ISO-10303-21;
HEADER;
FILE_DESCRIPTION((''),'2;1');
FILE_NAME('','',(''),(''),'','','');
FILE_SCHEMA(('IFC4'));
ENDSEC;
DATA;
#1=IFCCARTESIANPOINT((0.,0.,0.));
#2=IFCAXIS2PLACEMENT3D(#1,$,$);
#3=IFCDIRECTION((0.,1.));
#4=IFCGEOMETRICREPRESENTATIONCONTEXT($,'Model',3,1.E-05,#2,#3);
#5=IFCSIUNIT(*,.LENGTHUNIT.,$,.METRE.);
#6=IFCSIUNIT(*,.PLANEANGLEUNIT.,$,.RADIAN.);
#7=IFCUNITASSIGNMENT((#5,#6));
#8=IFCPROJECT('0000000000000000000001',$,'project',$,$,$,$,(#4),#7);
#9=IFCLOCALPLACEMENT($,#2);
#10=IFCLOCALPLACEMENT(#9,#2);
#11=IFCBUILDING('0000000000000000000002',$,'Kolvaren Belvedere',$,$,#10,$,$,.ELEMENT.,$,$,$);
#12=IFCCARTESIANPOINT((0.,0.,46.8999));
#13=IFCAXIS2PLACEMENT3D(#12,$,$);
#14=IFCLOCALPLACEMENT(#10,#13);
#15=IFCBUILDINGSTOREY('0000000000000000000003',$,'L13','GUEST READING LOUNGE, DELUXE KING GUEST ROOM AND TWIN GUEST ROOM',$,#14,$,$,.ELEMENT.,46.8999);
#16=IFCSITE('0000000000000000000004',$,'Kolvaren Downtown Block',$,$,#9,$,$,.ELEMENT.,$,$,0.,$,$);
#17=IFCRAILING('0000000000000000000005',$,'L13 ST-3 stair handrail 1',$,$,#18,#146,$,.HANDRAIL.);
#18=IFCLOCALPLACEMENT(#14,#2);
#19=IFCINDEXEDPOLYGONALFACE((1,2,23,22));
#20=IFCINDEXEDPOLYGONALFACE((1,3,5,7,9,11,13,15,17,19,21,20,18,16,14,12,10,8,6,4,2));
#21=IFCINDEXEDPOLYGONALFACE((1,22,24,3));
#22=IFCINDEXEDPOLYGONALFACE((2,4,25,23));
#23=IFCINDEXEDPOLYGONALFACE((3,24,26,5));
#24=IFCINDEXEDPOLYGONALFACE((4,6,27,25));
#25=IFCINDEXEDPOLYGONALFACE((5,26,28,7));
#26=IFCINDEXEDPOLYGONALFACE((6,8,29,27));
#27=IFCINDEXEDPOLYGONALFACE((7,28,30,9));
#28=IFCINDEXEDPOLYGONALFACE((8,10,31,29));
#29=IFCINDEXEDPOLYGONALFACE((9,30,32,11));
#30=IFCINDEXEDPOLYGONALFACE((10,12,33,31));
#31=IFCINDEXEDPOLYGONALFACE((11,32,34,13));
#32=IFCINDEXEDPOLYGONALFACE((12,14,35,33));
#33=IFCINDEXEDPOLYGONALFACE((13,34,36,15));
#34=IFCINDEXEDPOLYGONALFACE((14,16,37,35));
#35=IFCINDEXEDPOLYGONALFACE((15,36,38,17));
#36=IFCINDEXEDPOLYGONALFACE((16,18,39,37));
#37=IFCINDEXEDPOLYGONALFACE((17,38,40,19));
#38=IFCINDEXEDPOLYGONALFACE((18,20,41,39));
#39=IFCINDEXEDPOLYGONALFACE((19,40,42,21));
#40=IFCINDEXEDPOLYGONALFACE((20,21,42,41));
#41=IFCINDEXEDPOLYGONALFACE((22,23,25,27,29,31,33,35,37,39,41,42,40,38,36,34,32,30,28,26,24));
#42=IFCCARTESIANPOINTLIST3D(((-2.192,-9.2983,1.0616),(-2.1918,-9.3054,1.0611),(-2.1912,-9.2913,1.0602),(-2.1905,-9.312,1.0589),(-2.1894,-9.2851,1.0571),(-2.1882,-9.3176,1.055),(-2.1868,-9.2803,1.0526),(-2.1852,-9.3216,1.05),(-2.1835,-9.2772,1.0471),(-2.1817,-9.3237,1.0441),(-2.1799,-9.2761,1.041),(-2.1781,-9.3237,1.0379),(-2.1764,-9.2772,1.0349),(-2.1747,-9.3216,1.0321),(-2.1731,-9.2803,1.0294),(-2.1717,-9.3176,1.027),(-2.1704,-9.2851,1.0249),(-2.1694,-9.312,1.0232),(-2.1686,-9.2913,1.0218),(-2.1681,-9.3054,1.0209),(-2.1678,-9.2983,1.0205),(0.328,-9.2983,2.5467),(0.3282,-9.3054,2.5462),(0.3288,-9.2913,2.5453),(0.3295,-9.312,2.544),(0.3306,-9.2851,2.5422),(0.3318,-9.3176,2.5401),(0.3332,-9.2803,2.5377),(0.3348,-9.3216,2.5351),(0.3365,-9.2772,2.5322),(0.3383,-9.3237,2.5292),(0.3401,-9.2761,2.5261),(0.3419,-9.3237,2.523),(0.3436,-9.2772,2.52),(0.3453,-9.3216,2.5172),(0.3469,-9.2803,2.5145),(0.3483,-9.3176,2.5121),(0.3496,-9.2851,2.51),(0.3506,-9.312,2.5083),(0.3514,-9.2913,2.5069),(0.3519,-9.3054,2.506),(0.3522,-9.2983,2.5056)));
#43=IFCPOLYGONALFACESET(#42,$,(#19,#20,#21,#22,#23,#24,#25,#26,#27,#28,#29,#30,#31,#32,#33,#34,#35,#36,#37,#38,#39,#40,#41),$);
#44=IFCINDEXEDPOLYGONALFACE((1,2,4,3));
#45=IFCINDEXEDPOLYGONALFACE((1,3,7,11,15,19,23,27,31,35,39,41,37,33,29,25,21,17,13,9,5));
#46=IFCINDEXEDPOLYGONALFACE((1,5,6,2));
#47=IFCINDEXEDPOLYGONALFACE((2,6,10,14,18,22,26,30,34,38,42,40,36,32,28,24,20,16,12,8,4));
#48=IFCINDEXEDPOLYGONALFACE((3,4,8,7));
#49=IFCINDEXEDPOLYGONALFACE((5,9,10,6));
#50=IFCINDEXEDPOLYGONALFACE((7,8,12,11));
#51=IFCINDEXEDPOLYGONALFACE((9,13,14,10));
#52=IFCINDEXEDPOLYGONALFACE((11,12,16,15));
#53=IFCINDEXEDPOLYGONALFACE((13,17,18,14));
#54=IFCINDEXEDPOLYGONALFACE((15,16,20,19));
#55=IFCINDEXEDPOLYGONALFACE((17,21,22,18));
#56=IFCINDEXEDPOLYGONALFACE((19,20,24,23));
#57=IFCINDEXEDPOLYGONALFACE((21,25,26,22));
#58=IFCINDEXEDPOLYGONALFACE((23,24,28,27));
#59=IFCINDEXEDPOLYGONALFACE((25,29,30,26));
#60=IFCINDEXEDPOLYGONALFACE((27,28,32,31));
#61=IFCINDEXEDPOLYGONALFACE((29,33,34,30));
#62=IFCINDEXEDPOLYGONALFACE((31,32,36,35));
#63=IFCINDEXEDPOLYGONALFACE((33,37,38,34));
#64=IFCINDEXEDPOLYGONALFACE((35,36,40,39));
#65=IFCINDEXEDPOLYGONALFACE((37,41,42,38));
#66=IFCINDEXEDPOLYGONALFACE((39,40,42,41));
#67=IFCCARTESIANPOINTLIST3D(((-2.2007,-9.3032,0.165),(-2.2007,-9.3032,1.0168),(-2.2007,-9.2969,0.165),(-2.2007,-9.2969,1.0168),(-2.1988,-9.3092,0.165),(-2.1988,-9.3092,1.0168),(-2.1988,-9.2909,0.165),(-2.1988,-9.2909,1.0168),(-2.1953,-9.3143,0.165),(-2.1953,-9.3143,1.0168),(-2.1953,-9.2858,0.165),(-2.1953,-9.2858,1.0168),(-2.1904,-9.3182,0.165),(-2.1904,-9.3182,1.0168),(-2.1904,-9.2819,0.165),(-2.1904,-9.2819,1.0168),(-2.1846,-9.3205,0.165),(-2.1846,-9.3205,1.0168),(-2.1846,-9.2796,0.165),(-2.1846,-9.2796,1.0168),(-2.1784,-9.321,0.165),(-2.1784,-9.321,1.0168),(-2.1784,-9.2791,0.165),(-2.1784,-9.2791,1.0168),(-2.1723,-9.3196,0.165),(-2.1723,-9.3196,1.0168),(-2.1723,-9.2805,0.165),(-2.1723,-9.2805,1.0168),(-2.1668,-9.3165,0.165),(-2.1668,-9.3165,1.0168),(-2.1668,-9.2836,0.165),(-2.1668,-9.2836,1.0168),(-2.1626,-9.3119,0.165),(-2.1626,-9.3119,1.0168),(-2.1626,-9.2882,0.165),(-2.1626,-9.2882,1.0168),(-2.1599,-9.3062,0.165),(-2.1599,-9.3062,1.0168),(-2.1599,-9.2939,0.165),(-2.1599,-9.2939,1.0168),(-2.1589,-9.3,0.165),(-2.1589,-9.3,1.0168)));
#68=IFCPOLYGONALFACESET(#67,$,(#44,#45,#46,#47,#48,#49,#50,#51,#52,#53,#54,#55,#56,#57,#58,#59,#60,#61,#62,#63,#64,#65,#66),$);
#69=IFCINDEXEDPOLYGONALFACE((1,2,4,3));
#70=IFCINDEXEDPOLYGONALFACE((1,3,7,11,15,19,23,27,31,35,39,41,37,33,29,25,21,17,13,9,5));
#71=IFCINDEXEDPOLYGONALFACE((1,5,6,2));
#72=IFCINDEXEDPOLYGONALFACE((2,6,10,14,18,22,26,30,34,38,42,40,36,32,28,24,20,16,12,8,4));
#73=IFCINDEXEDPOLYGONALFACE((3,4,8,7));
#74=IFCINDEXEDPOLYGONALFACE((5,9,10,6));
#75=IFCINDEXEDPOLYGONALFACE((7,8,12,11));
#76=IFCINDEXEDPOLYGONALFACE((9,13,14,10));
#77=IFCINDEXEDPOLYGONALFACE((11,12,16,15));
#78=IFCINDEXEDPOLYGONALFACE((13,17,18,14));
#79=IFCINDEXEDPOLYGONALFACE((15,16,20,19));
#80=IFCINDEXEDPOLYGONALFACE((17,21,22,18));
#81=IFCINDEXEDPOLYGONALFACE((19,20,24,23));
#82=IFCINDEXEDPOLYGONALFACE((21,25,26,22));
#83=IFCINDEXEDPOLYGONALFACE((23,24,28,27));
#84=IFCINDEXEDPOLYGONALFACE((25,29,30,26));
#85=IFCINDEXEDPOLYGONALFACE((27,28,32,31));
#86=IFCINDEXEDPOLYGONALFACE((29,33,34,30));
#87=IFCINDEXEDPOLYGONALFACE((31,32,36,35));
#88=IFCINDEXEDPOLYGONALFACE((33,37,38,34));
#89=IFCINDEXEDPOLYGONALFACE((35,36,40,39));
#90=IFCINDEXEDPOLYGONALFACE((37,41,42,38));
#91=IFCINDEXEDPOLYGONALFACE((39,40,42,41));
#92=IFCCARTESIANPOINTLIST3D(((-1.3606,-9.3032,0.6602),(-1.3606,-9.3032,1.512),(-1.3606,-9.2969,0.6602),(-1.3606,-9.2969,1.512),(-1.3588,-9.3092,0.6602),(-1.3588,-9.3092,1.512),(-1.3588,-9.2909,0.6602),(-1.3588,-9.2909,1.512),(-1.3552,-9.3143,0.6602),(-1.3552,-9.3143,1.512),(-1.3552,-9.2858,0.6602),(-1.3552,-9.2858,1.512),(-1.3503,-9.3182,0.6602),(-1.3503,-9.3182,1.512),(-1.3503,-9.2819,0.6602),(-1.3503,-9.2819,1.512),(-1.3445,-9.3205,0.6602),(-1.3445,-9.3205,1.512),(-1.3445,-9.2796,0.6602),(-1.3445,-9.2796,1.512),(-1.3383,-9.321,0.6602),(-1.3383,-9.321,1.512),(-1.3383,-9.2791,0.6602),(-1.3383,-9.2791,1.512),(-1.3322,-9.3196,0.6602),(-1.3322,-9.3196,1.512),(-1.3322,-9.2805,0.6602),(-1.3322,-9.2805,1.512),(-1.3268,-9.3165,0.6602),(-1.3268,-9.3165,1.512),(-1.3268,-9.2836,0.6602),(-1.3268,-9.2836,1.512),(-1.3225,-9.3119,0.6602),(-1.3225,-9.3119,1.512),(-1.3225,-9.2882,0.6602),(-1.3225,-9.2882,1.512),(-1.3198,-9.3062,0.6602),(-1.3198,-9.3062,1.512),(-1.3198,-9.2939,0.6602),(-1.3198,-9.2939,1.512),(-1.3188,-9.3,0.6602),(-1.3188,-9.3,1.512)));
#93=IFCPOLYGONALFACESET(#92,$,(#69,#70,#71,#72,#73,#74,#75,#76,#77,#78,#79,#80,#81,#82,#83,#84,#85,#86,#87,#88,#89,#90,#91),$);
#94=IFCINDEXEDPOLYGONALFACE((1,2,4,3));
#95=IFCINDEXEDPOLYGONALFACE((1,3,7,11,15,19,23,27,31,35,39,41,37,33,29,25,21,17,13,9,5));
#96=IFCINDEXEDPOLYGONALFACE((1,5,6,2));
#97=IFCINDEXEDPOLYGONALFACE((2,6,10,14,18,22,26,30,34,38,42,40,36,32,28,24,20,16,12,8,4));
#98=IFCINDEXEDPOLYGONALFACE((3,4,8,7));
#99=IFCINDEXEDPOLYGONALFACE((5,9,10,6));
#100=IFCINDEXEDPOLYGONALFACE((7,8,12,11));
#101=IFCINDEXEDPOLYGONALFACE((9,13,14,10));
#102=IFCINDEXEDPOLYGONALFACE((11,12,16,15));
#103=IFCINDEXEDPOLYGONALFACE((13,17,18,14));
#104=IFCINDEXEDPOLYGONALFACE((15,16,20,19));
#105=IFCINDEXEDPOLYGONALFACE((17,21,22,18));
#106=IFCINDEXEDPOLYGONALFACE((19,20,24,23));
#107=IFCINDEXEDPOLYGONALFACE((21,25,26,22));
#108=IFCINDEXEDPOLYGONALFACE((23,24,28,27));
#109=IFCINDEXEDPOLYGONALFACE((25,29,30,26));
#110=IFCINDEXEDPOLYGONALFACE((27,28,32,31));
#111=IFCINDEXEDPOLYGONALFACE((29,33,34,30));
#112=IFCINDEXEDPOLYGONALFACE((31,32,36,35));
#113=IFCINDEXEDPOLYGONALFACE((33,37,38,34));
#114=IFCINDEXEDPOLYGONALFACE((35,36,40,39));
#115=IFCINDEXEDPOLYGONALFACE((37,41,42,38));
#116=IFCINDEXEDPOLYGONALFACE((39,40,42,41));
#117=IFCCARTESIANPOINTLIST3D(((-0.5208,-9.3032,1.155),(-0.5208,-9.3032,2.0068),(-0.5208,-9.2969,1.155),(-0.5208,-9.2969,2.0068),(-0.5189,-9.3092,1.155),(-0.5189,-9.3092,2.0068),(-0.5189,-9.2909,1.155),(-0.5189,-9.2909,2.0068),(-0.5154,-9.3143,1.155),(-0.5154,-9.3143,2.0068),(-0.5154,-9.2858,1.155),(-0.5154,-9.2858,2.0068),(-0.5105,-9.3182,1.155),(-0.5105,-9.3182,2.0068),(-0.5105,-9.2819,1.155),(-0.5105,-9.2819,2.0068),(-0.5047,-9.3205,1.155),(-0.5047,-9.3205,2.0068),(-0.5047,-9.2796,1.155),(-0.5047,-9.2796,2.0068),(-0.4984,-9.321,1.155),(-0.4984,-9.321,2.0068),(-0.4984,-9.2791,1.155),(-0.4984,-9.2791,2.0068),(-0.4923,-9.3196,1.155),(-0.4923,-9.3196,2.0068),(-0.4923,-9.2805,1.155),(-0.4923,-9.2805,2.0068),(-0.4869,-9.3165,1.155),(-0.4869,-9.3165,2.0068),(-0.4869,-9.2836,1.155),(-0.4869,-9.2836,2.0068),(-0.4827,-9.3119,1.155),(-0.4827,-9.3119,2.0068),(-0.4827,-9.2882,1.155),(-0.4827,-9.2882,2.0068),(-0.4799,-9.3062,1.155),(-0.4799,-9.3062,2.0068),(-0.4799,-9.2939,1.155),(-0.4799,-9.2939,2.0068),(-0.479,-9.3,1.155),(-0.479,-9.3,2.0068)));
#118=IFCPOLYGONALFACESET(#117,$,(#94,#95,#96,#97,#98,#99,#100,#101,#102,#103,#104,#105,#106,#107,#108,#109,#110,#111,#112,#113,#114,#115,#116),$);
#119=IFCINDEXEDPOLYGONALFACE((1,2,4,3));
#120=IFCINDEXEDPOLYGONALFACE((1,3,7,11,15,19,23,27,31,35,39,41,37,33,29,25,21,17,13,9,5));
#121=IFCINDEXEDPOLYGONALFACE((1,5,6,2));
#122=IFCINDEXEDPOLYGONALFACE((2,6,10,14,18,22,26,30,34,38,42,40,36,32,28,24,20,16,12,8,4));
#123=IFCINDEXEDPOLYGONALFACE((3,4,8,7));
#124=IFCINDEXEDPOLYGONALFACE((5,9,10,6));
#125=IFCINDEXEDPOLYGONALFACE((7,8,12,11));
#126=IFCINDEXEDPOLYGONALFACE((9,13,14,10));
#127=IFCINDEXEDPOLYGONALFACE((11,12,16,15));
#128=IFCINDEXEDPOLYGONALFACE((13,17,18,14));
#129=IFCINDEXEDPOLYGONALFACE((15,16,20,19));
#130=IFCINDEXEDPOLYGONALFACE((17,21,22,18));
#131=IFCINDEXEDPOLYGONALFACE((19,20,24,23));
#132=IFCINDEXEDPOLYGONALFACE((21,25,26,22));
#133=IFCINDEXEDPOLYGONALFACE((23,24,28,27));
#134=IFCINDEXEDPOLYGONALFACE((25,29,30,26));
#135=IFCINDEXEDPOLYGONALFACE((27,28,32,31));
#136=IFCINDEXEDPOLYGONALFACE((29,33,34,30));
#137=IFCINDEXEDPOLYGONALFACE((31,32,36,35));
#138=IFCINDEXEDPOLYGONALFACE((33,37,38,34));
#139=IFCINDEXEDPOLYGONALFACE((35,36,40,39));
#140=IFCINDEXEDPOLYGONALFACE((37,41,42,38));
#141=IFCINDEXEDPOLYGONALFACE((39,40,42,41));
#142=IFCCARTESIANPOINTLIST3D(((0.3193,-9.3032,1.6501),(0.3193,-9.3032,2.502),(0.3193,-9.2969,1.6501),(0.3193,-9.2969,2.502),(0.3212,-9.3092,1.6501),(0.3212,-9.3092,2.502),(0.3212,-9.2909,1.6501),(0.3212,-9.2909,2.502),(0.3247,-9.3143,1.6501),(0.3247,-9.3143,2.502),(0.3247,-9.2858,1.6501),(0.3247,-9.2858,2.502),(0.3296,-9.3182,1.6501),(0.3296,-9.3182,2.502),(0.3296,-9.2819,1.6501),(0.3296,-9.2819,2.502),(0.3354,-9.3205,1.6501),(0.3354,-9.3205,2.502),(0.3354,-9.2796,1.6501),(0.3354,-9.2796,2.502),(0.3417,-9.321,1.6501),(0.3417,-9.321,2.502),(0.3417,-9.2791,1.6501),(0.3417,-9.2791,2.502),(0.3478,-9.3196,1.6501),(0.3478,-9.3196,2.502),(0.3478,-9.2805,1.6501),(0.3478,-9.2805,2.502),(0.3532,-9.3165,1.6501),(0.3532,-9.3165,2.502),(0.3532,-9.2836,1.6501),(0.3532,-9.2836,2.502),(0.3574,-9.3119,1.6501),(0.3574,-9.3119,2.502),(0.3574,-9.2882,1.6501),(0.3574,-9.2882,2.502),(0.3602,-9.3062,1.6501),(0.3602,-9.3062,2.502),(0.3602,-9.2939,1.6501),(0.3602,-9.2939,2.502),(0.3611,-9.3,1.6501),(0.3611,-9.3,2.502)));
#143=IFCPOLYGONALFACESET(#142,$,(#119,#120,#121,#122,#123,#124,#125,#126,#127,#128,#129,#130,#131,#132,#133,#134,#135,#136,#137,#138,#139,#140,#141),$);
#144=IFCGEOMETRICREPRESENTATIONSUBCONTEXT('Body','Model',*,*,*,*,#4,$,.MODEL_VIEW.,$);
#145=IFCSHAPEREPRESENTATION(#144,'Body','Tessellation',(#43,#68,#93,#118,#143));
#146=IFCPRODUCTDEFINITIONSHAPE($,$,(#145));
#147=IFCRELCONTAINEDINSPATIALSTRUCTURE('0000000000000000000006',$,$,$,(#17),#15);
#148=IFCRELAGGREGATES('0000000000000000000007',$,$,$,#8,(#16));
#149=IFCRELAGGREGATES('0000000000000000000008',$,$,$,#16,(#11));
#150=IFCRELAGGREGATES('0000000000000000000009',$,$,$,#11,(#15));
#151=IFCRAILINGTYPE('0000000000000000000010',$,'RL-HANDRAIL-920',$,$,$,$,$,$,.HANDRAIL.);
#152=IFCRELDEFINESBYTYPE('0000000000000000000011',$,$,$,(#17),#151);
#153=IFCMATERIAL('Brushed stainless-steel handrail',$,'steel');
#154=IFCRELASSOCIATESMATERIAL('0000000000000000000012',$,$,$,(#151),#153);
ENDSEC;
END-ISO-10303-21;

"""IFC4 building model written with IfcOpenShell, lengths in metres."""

from ifc_helpers import new_model, si_unit, direction, frame, origin, origin_2d, place, context, subcontext, project, spatial, circle, extrude, material, type_object, element, save


model = new_model("IFC4")

# Units and contexts
model_context = context("Model", 3, precision=1e-05, world=origin(), true_north=direction((0.0, 1.0)))
body_context = subcontext(model_context, "Body", "Model", "MODEL_VIEW")
ifc_project = project(units=[si_unit("LENGTHUNIT", "METRE"), si_unit("PLANEANGLEUNIT", "RADIAN")], contexts=[model_context])

# Site, building, storey
site_placement = place(None, origin())
site = spatial("IfcSite", under=ifc_project, at=site_placement, Name="Kolvaren Downtown Block", CompositionType="ELEMENT", RefElevation=0.0)
building_placement = place(site_placement, origin())
building = spatial("IfcBuilding", under=site, at=building_placement, Name="Kolvaren Belvedere", CompositionType="ELEMENT")
storey_placement = place(building_placement, frame((0.0, 0.0, 46.8999)))
storey = spatial("IfcBuildingStorey", under=building, at=storey_placement, Name="L13", Description="GUEST READING LOUNGE, DELUXE KING GUEST ROOM AND TWIN GUEST ROOM", CompositionType="ELEMENT", Elevation=46.8999)

# Railing
ifc_material_1 = material(Name="Brushed stainless-steel handrail", Category="steel")
railing_type_1 = type_object("IfcRailingType", Name="RL-HANDRAIL-920", PredefinedType="HANDRAIL", material=ifc_material_1)
railing_1_placement = place(storey_placement, frame((-2.1799, -9.3, 0.165)))
element("IfcRailing", 1, at=railing_1_placement, inside=storey, type_object=railing_type_1, Name="L13 ST-3 stair handrail 1", PredefinedType="HANDRAIL", context=body_context, shape_type="SweptSolid", body=[
    extrude(circle(Radius=0.0239, at=origin_2d()), frame((0.0, 0.0, 0.876), z_axis=(0.861524, 0.0, 0.507717), x_axis=(0.0, 1.0, 0.0)), (0.0, 0.0, 1.0), 2.925),
    extrude(circle(Radius=0.021, at=origin_2d()), origin(), (0.0, 0.0, 1.0), 0.8518),
    extrude(circle(Radius=0.021, at=origin_2d()), frame((0.8401, 0.0, 0.4951)), (0.0, 0.0, 1.0), 0.8518),
    extrude(circle(Radius=0.021, at=origin_2d()), frame((1.6799, 0.0, 0.99)), (0.0, 0.0, 1.0), 0.8518),
    extrude(circle(Radius=0.021, at=origin_2d()), frame((2.52, 0.0, 1.4851)), (0.0, 0.0, 1.0), 0.8518),
])

save(model, "model.ifc")
